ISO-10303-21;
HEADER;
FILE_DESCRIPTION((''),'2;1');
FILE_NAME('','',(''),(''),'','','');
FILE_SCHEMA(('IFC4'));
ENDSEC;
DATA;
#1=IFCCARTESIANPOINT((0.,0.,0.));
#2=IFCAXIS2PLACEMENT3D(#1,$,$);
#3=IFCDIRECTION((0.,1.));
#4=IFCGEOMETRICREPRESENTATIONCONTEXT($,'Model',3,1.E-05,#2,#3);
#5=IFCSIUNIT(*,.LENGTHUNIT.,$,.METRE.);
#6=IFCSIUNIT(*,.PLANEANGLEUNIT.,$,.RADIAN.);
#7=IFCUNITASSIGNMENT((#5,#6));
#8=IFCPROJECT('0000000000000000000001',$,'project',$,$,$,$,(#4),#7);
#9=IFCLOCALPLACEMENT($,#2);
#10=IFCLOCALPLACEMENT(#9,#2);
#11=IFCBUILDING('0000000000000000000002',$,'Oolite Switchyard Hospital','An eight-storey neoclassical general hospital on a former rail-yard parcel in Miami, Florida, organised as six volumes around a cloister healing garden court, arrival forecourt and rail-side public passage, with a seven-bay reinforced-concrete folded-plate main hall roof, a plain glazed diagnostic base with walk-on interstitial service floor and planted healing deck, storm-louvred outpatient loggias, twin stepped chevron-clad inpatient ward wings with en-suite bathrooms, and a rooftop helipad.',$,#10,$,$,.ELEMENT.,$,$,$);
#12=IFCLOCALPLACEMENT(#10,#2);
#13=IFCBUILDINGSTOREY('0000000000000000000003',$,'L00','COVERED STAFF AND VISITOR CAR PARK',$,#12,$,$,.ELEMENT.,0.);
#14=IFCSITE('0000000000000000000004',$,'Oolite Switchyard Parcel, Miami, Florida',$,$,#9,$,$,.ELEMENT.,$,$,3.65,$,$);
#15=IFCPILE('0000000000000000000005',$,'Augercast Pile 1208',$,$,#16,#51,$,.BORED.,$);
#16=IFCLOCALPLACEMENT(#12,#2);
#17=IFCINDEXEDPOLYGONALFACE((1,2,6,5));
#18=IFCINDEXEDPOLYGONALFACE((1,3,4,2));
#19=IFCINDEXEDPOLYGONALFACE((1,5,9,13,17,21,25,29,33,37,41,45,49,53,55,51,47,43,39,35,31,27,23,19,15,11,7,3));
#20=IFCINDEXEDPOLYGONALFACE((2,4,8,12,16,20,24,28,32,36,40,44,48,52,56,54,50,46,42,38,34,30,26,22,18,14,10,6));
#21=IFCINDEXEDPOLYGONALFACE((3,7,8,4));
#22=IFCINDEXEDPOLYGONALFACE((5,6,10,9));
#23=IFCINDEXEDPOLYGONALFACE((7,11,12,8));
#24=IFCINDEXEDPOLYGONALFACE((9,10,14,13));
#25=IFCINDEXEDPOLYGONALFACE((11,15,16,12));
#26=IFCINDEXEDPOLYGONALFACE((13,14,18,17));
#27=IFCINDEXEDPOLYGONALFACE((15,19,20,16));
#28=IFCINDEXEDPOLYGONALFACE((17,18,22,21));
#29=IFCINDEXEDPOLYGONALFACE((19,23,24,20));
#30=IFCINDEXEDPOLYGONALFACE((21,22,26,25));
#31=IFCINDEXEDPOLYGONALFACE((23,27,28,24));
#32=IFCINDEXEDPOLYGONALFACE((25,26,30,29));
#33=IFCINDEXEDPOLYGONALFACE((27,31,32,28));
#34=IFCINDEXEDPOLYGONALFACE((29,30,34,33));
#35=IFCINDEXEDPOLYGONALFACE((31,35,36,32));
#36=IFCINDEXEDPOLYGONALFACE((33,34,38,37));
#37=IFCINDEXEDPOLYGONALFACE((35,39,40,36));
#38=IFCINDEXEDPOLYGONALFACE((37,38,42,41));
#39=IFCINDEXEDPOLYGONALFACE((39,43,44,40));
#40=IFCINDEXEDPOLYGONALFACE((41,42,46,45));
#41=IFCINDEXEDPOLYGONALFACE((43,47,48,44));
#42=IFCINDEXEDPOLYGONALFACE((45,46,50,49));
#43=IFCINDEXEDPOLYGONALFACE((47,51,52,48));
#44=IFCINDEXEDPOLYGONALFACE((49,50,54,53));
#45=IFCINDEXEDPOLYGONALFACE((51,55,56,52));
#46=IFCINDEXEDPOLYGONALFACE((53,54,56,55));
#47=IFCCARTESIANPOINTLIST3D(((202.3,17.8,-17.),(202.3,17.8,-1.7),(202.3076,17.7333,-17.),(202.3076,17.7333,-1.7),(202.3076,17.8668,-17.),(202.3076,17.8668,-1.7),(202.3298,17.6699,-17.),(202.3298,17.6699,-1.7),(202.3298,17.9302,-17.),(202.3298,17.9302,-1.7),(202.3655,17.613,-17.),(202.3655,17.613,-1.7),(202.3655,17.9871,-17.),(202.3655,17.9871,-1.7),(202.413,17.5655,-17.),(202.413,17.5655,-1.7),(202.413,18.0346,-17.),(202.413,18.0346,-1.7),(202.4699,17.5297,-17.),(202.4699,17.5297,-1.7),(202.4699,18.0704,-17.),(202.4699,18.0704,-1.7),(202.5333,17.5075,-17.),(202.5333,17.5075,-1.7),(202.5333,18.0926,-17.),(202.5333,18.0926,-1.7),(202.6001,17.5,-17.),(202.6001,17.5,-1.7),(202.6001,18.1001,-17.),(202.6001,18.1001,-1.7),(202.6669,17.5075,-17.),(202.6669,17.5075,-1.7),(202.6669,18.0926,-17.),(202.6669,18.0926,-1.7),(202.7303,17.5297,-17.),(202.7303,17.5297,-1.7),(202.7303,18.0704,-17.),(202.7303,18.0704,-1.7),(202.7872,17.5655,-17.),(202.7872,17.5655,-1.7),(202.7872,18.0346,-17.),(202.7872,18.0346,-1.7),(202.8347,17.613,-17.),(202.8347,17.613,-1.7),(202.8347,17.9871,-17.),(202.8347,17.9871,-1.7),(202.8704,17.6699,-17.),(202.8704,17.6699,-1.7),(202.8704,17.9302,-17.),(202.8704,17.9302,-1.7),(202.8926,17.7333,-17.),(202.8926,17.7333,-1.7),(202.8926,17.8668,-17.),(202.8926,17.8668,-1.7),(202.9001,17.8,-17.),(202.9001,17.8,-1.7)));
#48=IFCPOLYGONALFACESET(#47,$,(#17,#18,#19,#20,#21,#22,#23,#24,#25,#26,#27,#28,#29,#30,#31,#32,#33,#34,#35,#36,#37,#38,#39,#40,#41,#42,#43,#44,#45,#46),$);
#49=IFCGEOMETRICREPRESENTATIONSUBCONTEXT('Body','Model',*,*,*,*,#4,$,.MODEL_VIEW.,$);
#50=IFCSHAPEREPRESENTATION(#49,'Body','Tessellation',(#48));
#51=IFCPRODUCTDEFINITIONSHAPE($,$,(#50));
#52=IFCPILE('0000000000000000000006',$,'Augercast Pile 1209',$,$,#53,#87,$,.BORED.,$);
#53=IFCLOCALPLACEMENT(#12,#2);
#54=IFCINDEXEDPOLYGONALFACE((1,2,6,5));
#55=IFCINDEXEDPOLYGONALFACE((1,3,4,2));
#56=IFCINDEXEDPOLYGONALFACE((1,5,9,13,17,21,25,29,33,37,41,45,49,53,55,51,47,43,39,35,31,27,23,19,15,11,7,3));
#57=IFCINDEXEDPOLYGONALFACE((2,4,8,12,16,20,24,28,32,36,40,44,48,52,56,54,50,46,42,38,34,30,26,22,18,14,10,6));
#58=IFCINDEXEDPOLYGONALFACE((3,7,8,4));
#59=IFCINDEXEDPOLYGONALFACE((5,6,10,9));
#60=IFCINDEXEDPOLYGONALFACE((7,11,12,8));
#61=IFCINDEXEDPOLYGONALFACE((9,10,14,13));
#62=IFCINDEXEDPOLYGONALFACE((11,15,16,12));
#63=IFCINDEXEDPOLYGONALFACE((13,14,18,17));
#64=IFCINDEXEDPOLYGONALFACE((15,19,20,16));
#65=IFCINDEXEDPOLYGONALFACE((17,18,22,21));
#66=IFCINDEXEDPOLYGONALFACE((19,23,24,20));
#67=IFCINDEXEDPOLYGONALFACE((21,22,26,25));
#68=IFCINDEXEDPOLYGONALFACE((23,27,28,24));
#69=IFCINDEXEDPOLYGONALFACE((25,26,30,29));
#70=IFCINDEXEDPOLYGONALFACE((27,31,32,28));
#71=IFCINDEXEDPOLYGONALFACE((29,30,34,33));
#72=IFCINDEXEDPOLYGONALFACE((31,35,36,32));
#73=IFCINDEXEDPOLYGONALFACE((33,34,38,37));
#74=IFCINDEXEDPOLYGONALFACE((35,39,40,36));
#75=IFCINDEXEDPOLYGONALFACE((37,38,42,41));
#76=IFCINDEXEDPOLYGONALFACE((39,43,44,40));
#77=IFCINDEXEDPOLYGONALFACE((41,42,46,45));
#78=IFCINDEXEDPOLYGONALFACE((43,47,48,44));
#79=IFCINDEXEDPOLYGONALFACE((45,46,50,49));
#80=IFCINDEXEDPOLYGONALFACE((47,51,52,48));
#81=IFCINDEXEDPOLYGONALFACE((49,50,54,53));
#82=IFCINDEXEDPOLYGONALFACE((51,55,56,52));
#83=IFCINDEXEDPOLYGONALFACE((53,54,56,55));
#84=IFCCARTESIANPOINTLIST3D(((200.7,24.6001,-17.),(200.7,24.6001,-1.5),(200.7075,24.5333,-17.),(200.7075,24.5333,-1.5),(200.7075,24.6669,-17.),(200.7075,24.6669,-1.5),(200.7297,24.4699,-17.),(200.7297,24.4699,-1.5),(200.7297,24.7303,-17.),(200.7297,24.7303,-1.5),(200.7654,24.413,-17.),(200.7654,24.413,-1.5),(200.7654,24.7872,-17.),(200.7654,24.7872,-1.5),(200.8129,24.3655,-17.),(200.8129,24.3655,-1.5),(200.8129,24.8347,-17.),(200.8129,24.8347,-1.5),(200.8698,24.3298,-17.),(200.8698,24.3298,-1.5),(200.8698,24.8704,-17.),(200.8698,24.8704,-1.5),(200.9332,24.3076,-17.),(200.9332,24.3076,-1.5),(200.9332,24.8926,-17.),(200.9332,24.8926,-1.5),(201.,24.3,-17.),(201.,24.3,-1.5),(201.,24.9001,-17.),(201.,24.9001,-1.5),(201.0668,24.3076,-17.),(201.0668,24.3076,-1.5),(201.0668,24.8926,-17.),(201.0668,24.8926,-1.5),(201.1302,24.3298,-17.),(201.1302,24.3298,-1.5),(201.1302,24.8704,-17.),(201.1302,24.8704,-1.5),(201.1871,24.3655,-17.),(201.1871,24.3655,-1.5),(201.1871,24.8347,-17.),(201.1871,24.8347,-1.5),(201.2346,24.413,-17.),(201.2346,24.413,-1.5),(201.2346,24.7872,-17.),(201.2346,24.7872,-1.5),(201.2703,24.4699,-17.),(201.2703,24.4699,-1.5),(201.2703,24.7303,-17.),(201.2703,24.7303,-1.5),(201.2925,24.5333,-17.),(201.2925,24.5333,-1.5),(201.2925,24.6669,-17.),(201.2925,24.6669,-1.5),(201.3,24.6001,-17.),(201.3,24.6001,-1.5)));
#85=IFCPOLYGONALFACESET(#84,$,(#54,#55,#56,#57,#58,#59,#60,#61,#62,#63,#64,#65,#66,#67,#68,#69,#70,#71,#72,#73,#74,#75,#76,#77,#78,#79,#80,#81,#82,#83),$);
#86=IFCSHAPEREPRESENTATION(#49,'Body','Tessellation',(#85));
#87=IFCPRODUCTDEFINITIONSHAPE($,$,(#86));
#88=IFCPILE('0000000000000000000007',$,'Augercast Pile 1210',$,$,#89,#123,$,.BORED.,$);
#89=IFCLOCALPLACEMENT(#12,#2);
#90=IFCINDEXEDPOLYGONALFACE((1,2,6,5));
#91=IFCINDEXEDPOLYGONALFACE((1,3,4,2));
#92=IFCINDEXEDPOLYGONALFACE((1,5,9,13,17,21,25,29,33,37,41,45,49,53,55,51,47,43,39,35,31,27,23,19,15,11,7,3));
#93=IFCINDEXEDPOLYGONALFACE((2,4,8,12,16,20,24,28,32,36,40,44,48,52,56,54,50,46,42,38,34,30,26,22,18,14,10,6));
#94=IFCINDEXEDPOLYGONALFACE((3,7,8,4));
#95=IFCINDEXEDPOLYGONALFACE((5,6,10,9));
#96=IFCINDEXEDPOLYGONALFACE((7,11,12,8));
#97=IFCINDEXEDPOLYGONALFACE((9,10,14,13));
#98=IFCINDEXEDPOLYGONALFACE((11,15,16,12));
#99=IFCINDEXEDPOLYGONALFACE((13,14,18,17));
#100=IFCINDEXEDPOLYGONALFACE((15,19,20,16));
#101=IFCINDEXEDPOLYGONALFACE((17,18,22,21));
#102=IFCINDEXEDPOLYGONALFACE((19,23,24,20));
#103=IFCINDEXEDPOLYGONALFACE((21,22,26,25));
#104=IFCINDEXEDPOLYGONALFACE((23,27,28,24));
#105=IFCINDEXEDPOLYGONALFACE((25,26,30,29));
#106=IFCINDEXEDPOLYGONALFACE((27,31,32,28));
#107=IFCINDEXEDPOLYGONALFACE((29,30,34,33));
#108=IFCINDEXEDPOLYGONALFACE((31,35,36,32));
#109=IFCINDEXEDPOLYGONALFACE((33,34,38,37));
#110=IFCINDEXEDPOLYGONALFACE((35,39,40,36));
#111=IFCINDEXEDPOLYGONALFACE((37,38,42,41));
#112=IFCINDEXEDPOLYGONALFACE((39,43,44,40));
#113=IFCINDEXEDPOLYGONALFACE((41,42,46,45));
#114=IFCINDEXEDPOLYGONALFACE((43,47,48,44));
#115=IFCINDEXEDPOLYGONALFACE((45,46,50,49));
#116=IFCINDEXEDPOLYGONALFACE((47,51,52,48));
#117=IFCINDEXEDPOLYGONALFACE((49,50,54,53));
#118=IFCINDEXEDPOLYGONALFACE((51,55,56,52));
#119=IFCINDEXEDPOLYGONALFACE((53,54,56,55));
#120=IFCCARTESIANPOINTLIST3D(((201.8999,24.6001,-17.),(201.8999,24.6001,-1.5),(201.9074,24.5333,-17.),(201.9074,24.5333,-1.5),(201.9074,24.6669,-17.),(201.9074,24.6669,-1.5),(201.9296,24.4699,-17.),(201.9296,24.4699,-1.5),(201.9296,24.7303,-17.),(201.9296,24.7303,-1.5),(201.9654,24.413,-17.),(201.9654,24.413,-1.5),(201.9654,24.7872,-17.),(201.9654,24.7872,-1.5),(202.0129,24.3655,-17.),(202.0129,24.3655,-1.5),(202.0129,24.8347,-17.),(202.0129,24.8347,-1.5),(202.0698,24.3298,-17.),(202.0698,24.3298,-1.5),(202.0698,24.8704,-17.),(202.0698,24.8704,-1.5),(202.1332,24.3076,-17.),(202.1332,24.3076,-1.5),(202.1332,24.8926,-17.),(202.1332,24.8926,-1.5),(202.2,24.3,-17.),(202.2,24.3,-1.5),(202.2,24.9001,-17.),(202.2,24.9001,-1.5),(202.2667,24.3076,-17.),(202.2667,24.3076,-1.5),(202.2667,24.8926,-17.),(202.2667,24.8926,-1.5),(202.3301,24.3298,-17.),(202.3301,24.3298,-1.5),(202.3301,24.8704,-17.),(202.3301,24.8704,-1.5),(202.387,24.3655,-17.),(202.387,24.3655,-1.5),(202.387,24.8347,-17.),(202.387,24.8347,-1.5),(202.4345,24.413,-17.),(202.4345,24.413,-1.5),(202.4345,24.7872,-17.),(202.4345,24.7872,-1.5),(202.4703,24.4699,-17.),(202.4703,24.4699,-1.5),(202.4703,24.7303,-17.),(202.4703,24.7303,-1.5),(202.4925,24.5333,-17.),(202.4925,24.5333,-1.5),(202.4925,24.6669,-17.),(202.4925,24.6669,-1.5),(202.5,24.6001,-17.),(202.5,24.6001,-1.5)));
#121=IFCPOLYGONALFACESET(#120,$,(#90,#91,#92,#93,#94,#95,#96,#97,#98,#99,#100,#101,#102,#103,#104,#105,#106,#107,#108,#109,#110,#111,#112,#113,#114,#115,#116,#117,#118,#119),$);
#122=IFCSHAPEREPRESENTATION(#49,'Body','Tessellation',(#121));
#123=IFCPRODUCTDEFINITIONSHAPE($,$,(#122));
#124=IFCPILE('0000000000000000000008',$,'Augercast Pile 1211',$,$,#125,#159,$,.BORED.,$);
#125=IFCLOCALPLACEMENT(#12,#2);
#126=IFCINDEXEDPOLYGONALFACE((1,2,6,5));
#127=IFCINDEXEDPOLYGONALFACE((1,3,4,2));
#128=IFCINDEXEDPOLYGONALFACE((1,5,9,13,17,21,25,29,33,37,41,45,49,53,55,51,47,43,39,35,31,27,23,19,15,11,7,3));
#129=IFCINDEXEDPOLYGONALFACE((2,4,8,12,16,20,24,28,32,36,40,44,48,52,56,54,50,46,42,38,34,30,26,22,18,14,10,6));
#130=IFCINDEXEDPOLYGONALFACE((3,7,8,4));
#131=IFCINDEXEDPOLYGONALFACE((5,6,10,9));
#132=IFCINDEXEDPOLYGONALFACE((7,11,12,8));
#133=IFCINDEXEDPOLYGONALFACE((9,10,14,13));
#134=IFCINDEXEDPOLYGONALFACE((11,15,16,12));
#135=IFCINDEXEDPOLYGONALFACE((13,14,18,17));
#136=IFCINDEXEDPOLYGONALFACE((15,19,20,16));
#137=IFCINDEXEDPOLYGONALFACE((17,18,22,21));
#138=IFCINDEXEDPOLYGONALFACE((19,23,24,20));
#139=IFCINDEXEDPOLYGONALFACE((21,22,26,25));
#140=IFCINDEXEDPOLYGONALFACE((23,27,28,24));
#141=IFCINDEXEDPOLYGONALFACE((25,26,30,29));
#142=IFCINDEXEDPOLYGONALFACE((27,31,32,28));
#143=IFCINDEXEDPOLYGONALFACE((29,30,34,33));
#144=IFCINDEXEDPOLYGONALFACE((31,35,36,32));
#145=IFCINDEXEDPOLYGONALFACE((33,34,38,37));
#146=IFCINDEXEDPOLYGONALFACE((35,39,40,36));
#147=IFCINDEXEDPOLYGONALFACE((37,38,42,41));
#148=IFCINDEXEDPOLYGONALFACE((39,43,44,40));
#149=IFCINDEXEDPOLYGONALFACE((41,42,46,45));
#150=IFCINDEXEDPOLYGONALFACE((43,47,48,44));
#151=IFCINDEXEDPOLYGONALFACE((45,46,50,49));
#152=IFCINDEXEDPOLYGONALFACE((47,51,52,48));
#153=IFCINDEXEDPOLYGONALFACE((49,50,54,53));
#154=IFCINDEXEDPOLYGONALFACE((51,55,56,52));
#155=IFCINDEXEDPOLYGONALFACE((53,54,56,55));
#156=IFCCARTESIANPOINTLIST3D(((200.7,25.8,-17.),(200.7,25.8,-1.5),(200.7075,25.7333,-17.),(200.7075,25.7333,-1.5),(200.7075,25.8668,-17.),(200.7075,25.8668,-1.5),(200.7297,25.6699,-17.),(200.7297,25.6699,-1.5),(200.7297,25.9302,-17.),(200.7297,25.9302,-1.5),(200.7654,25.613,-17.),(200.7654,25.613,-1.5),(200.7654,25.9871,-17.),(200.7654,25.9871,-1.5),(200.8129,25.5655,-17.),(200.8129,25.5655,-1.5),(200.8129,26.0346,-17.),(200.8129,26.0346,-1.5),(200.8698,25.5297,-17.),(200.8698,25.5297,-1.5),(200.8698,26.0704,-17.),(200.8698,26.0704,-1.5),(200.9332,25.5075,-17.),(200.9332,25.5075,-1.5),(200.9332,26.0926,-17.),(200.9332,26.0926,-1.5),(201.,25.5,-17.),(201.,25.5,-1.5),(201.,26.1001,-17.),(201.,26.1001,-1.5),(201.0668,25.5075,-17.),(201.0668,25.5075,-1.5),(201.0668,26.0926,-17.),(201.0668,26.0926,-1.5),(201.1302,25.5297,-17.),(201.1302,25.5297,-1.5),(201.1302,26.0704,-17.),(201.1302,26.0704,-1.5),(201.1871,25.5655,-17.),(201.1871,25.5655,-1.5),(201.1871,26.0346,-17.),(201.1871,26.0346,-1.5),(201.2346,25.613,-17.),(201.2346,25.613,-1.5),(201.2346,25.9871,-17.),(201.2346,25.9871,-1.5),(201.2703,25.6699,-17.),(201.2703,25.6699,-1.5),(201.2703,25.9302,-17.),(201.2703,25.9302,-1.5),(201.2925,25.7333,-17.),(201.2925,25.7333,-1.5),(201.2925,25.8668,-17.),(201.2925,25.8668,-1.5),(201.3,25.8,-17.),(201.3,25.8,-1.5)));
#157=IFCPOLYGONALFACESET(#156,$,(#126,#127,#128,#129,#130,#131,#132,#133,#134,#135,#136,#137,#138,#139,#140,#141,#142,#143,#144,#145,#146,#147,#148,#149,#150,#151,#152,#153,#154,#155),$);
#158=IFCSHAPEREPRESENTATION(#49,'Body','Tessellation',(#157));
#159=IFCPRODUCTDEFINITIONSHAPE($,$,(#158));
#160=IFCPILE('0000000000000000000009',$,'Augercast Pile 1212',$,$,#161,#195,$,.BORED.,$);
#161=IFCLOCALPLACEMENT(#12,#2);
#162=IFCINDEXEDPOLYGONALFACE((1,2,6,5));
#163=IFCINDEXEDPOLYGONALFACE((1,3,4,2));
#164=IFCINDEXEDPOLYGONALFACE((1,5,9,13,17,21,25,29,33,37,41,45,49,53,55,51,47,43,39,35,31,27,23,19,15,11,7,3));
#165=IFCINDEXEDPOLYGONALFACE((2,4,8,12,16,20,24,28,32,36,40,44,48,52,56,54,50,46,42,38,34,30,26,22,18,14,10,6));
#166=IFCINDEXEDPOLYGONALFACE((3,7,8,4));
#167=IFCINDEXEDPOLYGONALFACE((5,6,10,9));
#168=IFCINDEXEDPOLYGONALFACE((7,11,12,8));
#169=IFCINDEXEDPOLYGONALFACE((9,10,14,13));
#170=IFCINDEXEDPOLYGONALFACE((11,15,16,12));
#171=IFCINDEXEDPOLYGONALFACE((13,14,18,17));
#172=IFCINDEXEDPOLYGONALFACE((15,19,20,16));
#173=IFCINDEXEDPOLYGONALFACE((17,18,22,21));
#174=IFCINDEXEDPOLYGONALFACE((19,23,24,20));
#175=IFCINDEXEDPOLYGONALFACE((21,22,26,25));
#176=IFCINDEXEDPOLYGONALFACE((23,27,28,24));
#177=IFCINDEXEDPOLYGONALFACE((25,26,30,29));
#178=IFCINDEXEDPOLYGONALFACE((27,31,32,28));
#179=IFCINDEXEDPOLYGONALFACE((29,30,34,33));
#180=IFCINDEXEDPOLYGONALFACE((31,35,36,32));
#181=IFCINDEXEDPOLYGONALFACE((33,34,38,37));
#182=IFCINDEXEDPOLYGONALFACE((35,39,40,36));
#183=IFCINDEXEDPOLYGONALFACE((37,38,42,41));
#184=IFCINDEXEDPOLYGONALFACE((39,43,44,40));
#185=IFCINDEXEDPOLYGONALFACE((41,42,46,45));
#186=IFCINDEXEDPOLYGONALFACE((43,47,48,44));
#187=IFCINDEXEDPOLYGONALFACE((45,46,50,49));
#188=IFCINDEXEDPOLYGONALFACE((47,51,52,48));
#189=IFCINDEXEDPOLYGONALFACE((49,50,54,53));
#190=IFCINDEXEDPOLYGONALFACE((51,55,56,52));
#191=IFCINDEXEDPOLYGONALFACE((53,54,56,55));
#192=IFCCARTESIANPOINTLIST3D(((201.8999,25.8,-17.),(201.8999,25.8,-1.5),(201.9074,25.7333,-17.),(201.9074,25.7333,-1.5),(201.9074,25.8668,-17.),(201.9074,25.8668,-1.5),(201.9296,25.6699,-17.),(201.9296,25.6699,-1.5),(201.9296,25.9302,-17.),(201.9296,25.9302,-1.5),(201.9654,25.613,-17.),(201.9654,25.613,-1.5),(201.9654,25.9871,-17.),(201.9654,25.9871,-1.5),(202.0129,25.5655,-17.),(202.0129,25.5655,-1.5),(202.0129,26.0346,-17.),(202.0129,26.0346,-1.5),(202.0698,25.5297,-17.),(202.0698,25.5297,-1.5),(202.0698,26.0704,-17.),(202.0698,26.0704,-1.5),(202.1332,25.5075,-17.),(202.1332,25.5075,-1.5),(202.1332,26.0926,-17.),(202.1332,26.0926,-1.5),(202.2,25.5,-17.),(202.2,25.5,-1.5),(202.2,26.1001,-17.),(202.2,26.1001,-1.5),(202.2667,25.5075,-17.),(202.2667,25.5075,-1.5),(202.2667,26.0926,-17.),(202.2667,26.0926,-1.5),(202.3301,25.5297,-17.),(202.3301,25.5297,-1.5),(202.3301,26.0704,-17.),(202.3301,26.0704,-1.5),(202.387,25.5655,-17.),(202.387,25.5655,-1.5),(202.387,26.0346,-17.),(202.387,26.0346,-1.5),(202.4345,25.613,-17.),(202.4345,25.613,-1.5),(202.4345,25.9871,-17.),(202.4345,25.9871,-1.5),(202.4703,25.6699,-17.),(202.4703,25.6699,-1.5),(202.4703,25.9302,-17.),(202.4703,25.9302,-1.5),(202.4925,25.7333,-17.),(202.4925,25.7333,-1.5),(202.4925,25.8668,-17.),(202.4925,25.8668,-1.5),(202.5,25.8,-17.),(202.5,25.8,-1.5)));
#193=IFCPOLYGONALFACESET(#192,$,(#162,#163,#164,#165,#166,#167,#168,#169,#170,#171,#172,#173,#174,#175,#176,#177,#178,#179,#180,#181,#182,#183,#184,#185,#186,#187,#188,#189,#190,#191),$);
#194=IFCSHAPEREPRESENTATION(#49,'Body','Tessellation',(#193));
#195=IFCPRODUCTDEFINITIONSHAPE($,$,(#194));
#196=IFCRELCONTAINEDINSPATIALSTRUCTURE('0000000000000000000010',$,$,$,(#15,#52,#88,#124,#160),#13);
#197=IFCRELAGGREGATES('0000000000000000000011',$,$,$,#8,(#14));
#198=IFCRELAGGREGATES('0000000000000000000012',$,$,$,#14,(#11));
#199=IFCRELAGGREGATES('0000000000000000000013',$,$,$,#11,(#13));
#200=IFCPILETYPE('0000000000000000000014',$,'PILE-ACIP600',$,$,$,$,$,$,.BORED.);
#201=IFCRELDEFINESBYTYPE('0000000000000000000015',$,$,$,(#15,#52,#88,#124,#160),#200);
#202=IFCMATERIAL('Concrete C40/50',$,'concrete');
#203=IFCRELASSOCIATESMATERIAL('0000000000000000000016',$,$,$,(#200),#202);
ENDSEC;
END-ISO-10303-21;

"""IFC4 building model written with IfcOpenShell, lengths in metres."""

from ifc_helpers import new_model, si_unit, direction, frame, origin, origin_2d, place, context, subcontext, project, spatial, circle, extrude, material, material_profile, profile_set, type_object, element, save


model = new_model("IFC4")

# Units and contexts
model_context = context("Model", 3, precision=1e-05, world=origin(), true_north=direction((0.0, 1.0)))
body_context = subcontext(model_context, "Body", "Model", "MODEL_VIEW")
ifc_project = project(units=[si_unit("LENGTHUNIT", "METRE"), si_unit("PLANEANGLEUNIT", "RADIAN")], contexts=[model_context])

# Site, building, storey
site_placement = place(None, origin())
site = spatial("IfcSite", under=ifc_project, at=site_placement, Name="Oolite Switchyard Parcel, Miami, Florida", CompositionType="ELEMENT", RefElevation=3.65)
building_placement = place(site_placement, origin())
building = spatial("IfcBuilding", under=site, at=building_placement, Name="Oolite Switchyard Hospital", Description="An eight-storey neoclassical general hospital on a former rail-yard parcel in Miami, Florida, organised as six volumes around a cloister healing garden court, arrival forecourt and rail-side public passage, with a seven-bay reinforced-concrete folded-plate main hall roof, a plain glazed diagnostic base with walk-on interstitial service floor and planted healing deck, storm-louvred outpatient loggias, twin stepped chevron-clad inpatient ward wings with en-suite bathrooms, and a rooftop helipad.", CompositionType="ELEMENT")
storey_placement = place(building_placement, origin())
storey = spatial("IfcBuildingStorey", under=building, at=storey_placement, Name="L00", Description="COVERED STAFF AND VISITOR CAR PARK", CompositionType="ELEMENT", Elevation=0.0)

# Shared definitions
ifc_material_1 = material(Name="Concrete C40/50", Category="concrete")

# Piles
ifc_material_profile_1 = material_profile(ifc_material_1, circle(Radius=0.3, at=origin_2d()), Name="PILE600")
ifc_profile_set_1 = profile_set([ifc_material_profile_1], Name="Concrete C40/50")
pile_type = type_object("IfcPileType", Name="PILE-ACIP600", PredefinedType="BORED", material=ifc_profile_set_1)
for number, where, z_axis, x_axis, name in (
    (1, (202.6001, 17.8, -1.7), (0.0, 0.0, -1.0), (1.0, 0.0, 0.0), "Augercast Pile 1208"),
):
    element("IfcPile", number, at=place(storey_placement, frame(where, z_axis=z_axis, x_axis=x_axis)), inside=storey, type_object=pile_type, Name=name, PredefinedType="BORED", context=body_context, shape_type="SweptSolid", body=[
        extrude(circle(Radius=0.3, at=origin_2d()), origin(), (0.0, 0.0, 1.0), 15.3),
    ])
for number, where, z_axis, x_axis, name in (
    (2, (201.0, 24.6001, -1.5), (0.0, 0.0, -1.0), (1.0, 0.0, 0.0), "Augercast Pile 1209"),
    (3, (202.2, 24.6001, -1.5), (0.0, 0.0, -1.0), (1.0, 0.0, 0.0), "Augercast Pile 1210"),
    (4, (201.0, 25.8, -1.5), (0.0, 0.0, -1.0), (1.0, 0.0, 0.0), "Augercast Pile 1211"),
    (5, (202.2, 25.8, -1.5), (0.0, 0.0, -1.0), (1.0, 0.0, 0.0), "Augercast Pile 1212"),
):
    element("IfcPile", number, at=place(storey_placement, frame(where, z_axis=z_axis, x_axis=x_axis)), inside=storey, type_object=pile_type, Name=name, PredefinedType="BORED", context=body_context, shape_type="SweptSolid", body=[
        extrude(circle(Radius=0.3, at=origin_2d()), origin(), (0.0, 0.0, 1.0), 15.5),
    ])

save(model, "model.ifc")
